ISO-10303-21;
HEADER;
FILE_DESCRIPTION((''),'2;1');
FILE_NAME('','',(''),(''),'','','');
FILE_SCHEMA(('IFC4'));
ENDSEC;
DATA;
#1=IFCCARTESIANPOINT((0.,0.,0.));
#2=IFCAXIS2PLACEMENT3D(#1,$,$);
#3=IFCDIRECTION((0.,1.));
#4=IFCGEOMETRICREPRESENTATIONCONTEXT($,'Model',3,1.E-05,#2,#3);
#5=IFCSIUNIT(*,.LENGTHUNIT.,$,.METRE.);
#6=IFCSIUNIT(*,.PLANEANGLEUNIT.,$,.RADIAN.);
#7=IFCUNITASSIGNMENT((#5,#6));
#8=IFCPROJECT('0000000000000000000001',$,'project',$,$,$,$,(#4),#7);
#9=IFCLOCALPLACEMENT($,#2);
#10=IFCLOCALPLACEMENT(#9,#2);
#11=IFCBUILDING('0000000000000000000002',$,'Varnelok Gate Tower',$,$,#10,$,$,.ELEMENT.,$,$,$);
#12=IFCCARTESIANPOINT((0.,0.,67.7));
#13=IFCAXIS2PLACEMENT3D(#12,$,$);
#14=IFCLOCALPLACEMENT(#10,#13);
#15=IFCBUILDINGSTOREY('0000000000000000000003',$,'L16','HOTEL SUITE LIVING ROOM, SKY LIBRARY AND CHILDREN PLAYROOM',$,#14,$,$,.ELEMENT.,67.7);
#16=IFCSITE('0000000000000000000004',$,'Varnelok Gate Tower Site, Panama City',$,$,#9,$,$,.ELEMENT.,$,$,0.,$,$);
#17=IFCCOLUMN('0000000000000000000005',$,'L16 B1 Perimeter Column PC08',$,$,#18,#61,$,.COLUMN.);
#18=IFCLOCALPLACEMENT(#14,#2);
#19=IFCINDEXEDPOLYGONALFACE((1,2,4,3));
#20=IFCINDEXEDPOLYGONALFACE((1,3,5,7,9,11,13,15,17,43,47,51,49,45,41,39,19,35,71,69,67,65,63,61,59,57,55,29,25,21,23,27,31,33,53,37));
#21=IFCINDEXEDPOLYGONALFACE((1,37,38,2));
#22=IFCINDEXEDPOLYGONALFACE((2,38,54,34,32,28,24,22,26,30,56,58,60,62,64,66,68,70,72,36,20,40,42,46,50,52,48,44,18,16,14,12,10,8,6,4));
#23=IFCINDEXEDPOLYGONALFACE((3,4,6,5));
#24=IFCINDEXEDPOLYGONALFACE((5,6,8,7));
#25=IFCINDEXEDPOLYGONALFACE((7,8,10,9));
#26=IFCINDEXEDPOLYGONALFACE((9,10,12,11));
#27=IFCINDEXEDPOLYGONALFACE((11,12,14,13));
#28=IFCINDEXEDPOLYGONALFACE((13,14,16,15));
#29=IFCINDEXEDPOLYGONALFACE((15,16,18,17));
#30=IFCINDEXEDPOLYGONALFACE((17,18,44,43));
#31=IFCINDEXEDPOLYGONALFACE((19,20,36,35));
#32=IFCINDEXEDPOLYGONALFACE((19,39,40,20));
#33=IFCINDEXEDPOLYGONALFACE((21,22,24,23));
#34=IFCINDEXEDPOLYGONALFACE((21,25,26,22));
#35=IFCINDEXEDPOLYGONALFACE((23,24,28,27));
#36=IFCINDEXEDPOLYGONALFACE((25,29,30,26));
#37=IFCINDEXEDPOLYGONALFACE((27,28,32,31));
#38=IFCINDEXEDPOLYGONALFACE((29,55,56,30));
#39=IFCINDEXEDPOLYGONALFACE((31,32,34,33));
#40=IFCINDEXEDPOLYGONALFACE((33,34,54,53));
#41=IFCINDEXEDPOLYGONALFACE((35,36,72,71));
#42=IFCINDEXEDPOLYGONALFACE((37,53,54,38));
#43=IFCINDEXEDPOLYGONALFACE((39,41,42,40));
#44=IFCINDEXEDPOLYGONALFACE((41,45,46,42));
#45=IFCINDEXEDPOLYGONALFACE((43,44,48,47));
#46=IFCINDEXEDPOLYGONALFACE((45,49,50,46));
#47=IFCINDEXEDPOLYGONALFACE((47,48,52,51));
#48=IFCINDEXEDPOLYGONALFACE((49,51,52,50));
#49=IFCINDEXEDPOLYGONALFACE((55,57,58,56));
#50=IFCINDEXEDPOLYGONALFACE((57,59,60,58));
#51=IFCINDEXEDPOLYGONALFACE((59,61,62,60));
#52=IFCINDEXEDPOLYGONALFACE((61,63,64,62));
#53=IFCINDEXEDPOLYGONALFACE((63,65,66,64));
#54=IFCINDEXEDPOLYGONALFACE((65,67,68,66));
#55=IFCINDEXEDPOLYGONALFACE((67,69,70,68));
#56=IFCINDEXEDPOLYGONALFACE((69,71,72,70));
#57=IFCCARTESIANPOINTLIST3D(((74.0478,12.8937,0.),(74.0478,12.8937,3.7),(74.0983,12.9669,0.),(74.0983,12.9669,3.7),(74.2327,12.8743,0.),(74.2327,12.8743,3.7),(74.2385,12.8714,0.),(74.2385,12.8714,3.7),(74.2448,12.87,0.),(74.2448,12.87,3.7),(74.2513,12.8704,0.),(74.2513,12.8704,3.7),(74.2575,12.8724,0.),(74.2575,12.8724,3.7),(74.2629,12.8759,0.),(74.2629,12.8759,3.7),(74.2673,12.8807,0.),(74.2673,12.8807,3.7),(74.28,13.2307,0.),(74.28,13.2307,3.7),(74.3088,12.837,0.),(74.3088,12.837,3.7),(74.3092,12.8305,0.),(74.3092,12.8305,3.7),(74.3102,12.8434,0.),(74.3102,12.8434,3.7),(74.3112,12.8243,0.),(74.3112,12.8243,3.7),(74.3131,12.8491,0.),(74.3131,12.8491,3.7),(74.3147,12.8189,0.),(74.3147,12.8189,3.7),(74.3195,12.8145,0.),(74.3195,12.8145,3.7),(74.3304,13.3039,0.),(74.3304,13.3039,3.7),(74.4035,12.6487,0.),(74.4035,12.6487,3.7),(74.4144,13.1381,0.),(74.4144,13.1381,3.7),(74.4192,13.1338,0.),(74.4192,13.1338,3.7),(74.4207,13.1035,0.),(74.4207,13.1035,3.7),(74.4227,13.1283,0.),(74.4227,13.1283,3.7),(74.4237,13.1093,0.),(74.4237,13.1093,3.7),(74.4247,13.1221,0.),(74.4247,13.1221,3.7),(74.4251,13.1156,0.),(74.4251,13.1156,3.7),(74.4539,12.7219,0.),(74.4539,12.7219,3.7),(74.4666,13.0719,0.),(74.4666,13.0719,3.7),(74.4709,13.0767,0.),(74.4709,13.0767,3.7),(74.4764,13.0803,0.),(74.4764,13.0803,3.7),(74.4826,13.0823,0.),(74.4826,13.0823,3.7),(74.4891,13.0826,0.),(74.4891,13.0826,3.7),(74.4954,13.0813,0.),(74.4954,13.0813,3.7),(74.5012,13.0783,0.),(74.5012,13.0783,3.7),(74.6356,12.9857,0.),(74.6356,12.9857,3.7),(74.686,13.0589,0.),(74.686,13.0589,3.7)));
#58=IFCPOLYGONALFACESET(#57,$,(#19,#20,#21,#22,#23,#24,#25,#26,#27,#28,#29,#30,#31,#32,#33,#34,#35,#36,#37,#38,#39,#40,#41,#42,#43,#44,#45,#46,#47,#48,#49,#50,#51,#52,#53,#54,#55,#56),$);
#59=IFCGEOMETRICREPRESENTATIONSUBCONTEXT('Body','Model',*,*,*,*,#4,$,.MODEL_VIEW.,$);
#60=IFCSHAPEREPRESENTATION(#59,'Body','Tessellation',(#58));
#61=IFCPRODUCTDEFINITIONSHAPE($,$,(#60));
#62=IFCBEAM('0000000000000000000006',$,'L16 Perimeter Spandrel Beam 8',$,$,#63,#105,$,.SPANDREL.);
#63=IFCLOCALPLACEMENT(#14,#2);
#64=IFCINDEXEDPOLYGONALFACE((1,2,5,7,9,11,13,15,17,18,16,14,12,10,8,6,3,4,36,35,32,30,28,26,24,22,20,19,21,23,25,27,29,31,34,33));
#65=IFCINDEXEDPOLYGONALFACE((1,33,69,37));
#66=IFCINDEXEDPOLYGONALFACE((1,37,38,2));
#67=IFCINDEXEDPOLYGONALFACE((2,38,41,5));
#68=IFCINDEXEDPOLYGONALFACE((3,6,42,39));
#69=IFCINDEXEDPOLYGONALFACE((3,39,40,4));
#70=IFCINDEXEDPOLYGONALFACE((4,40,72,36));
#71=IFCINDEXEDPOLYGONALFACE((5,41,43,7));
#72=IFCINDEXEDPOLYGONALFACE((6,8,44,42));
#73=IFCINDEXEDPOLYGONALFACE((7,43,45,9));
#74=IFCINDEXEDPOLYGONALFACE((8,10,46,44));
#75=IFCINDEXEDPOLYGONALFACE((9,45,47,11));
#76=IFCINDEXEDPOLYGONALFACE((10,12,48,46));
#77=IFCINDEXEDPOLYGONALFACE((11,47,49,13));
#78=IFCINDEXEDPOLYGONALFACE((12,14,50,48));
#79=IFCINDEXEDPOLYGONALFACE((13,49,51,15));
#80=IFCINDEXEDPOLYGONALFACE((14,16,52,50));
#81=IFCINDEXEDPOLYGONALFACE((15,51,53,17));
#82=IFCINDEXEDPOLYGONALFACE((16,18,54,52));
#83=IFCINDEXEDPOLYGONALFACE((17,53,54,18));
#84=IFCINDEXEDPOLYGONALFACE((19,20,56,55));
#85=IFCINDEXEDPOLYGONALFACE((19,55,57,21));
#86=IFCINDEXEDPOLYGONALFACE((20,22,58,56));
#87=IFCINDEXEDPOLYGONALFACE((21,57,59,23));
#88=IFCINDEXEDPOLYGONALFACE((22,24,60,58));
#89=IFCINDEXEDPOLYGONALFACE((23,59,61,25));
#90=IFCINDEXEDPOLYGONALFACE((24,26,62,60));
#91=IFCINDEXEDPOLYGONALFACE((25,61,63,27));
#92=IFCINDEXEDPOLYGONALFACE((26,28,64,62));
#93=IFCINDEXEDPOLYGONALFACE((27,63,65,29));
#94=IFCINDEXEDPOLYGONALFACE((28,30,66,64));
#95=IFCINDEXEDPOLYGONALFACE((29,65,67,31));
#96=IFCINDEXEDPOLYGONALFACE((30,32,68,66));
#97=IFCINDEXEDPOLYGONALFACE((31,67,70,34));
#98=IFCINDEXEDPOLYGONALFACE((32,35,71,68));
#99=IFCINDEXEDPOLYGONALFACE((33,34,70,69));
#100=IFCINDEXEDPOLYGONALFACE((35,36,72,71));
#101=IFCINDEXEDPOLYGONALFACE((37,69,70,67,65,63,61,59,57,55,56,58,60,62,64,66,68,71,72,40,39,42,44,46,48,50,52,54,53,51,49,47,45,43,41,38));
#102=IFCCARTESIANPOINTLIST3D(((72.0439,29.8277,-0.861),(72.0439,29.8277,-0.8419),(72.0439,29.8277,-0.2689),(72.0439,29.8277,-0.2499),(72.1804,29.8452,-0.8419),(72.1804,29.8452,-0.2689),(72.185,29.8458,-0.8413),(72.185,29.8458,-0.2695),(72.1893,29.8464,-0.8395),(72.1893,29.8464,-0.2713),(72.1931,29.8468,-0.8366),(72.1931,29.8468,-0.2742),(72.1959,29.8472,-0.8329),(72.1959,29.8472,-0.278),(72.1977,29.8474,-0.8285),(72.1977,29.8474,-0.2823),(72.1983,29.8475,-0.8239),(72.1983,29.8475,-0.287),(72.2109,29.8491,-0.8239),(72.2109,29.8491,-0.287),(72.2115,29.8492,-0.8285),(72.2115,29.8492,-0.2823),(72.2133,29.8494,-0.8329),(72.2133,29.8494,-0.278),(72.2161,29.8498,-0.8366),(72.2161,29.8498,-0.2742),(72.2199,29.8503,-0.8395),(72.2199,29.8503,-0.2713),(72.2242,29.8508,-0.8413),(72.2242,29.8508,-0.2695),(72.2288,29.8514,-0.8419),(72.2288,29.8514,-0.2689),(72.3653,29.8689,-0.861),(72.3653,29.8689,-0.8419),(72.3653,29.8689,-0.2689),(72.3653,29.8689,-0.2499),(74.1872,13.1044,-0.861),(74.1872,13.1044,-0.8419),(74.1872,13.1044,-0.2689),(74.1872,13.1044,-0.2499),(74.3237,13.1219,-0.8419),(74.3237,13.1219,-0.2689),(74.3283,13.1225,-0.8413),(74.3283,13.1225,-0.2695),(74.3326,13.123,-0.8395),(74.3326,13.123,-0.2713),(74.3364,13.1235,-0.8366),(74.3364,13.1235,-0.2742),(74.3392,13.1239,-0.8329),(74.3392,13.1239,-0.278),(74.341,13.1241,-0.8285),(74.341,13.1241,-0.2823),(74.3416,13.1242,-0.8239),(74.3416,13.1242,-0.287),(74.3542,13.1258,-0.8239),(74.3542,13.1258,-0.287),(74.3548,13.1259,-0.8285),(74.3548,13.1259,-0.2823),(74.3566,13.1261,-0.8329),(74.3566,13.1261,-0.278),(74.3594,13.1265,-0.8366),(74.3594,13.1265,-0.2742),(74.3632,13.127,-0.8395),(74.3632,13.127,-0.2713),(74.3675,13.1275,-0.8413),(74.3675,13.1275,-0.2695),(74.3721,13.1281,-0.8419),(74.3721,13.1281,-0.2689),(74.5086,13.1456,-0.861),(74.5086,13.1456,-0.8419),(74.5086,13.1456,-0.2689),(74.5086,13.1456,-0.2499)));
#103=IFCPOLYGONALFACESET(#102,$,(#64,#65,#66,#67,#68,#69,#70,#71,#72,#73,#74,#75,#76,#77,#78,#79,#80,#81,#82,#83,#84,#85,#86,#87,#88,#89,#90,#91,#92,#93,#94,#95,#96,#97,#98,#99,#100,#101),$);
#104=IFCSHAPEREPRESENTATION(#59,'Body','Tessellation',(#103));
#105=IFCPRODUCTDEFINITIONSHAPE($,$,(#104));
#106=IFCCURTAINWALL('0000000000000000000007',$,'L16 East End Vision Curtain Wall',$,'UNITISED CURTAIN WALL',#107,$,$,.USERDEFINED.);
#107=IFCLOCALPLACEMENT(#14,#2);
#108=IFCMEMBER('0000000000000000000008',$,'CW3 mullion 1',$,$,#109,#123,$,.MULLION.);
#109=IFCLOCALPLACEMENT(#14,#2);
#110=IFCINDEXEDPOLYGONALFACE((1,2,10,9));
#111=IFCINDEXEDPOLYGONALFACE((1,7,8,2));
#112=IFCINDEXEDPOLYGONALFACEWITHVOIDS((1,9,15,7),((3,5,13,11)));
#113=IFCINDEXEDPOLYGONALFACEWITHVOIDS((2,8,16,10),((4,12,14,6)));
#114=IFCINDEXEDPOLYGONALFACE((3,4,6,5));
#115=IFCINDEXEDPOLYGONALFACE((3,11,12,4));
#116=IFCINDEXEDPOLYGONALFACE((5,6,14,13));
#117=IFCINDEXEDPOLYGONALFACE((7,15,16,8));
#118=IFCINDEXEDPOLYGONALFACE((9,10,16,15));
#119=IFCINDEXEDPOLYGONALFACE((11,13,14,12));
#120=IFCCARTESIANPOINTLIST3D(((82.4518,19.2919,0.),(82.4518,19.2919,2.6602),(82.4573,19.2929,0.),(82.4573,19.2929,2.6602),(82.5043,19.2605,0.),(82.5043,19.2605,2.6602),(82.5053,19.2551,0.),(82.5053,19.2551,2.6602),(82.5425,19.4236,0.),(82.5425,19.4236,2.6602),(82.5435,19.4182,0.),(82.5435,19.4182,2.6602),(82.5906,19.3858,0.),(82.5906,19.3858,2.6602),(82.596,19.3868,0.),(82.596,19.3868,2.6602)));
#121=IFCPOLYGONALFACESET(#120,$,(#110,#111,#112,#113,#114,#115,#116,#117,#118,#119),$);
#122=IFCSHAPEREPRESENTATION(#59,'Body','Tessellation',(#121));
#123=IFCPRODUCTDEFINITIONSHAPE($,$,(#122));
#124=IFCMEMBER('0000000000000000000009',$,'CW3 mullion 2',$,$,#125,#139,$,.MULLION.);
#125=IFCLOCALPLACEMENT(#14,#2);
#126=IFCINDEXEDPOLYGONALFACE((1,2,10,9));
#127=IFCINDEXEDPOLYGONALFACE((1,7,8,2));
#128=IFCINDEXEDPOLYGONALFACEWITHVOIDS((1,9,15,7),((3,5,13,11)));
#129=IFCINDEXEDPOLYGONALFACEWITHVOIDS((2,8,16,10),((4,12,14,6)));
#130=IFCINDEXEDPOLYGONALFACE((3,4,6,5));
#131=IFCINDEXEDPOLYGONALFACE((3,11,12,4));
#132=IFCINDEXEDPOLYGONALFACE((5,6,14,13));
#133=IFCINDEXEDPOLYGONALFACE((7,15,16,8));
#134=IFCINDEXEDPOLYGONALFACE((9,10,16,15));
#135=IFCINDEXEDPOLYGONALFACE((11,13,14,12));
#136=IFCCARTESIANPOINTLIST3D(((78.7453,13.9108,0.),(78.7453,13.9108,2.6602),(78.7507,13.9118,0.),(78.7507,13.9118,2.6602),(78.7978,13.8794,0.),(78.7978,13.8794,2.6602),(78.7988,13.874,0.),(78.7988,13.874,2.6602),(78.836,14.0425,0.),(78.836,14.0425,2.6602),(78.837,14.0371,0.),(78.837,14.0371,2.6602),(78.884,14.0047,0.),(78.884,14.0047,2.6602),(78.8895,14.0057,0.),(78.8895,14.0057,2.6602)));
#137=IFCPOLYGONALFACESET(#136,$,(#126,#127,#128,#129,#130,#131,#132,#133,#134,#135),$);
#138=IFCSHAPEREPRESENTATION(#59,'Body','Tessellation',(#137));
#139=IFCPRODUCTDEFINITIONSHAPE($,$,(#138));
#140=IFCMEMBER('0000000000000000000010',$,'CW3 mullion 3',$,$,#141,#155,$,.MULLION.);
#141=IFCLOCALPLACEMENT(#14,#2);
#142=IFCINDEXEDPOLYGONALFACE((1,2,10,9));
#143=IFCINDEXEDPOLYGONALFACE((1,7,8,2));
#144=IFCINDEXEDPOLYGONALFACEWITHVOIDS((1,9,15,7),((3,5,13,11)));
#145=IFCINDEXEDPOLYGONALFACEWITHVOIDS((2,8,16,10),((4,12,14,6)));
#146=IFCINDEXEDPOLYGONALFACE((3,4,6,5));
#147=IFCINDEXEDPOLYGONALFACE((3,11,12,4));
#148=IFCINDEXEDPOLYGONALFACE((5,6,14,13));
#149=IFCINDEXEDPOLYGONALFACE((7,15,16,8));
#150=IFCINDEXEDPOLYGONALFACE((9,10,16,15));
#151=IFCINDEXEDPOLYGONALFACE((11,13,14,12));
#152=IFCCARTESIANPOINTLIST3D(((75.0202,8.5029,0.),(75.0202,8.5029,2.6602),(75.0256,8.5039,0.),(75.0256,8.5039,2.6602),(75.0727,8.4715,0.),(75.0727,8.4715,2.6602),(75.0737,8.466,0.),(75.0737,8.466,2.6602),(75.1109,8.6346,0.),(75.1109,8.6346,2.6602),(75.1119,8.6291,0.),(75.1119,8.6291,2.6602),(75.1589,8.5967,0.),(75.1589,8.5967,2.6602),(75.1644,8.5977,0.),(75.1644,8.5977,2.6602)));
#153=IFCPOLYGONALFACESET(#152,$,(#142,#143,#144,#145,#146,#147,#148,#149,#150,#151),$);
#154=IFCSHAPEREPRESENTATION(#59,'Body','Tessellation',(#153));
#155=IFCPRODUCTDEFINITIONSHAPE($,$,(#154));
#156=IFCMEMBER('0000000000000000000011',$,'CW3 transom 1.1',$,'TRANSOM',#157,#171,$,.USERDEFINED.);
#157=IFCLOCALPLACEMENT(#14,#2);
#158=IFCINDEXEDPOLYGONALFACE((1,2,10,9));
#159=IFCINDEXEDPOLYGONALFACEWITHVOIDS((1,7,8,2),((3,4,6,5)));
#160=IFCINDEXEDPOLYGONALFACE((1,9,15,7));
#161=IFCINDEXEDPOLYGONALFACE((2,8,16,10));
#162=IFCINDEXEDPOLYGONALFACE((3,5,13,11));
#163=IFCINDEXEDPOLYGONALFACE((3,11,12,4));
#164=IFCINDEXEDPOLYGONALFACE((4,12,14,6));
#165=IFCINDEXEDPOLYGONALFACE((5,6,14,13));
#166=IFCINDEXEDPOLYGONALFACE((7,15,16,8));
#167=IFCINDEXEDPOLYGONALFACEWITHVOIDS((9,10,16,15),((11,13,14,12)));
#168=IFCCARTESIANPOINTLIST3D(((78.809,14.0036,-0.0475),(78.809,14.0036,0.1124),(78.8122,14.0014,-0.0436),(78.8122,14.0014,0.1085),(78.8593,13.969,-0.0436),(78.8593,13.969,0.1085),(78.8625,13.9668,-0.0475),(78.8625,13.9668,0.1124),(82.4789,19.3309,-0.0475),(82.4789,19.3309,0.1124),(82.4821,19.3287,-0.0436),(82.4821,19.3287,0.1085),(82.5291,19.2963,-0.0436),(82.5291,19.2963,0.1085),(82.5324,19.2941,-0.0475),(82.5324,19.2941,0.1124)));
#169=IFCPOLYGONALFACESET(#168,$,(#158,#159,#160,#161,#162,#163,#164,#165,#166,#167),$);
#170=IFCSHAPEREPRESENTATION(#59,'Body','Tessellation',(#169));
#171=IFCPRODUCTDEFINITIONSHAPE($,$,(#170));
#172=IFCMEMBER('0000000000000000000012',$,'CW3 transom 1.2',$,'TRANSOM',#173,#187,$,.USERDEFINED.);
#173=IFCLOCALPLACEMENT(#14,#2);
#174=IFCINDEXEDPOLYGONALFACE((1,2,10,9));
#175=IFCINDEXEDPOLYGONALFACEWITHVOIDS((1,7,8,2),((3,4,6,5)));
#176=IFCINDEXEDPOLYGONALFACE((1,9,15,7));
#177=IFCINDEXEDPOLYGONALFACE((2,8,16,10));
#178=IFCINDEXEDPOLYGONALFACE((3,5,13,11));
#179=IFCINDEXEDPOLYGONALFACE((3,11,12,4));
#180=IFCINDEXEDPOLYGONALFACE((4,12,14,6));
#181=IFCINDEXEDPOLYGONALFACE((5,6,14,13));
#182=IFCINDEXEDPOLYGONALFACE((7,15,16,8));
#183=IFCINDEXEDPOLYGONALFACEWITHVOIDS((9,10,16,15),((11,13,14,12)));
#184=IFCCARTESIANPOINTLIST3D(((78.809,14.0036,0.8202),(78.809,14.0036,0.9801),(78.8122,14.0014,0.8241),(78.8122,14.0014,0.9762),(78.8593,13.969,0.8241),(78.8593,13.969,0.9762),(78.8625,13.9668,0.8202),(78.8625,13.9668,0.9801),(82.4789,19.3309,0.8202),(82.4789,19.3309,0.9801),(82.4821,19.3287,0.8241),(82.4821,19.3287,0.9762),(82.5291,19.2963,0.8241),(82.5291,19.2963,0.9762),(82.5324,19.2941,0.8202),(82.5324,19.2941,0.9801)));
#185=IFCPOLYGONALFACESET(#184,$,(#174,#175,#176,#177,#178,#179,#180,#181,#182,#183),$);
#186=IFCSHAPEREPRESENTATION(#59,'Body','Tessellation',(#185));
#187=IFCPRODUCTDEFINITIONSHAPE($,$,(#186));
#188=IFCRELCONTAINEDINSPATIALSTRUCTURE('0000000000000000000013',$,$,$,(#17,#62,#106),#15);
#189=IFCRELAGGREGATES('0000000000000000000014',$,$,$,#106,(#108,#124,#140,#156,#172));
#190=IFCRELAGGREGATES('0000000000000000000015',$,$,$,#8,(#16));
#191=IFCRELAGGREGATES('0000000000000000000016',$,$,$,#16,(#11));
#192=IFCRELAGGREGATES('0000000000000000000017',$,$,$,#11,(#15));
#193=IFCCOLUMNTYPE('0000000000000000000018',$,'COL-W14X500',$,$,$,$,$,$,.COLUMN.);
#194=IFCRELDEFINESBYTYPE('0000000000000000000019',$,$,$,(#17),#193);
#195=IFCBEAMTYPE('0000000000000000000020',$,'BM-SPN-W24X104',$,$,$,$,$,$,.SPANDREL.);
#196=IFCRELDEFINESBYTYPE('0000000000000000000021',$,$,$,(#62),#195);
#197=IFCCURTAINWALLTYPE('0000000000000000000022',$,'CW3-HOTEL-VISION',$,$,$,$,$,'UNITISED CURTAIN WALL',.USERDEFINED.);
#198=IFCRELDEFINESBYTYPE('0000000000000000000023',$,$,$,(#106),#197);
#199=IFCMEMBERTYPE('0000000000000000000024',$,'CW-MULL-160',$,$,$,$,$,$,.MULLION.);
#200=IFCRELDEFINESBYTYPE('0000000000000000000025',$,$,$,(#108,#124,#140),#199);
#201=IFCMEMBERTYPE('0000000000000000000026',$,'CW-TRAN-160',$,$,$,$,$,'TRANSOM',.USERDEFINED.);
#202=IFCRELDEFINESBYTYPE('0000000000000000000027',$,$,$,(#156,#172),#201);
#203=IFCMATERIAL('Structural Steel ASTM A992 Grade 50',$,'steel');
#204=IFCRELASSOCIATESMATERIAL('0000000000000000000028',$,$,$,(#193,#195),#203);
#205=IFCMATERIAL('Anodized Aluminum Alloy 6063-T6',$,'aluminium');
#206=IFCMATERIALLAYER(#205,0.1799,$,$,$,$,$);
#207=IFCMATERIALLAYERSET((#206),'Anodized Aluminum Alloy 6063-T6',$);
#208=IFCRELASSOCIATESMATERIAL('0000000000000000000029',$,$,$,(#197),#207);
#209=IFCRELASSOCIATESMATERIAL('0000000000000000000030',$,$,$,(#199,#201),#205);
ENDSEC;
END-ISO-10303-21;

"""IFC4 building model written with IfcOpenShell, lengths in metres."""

from ifc_helpers import new_model, si_unit, direction, frame, origin, origin_2d, place, context, subcontext, project, spatial, hollow_rectangle, i_section, extrude, material, layer, layer_set, material_profile, profile_set, type_object, element, aggregate, save


model = new_model("IFC4")

# Units and contexts
model_context = context("Model", 3, precision=1e-05, world=origin(), true_north=direction((0.0, 1.0)))
body_context = subcontext(model_context, "Body", "Model", "MODEL_VIEW")
ifc_project = project(units=[si_unit("LENGTHUNIT", "METRE"), si_unit("PLANEANGLEUNIT", "RADIAN")], contexts=[model_context])

# Site, building, storey
site_placement = place(None, origin())
site = spatial("IfcSite", under=ifc_project, at=site_placement, Name="Varnelok Gate Tower Site, Panama City", CompositionType="ELEMENT", RefElevation=0.0)
building_placement = place(site_placement, origin())
building = spatial("IfcBuilding", under=site, at=building_placement, Name="Varnelok Gate Tower", CompositionType="ELEMENT")
storey_placement = place(building_placement, frame((0.0, 0.0, 67.7)))
storey = spatial("IfcBuildingStorey", under=building, at=storey_placement, Name="L16", Description="HOTEL SUITE LIVING ROOM, SKY LIBRARY AND CHILDREN PLAYROOM", CompositionType="ELEMENT", Elevation=67.7)

# Column
ifc_material_1 = material(Name="Structural Steel ASTM A992 Grade 50", Category="steel")
ifc_material_profile_1 = material_profile(ifc_material_1, i_section(OverallWidth=0.4319, OverallDepth=0.498, WebThickness=0.0557, FlangeThickness=0.0889, FilletRadius=0.0249, at=origin_2d()), Name="W14X500")
ifc_profile_set_1 = profile_set([ifc_material_profile_1], Name="Structural Steel ASTM A992 Grade 50")
column_type = type_object("IfcColumnType", Name="COL-W14X500", PredefinedType="COLUMN", material=ifc_profile_set_1)
column_placement = place(storey_placement, frame((74.3669, 12.9763, 0.0), z_axis=(0.0, 0.0, 1.0), x_axis=(0.823533, -0.567269, 0.0)))
element("IfcColumn", 1, at=column_placement, inside=storey, type_object=column_type, Name="L16 B1 Perimeter Column PC08", PredefinedType="COLUMN", context=body_context, shape_type="SweptSolid", body=[
    extrude(i_section(OverallWidth=0.4319, OverallDepth=0.498, WebThickness=0.0557, FlangeThickness=0.0889, FilletRadius=0.0249, at=origin_2d()), origin(), (0.0, 0.0, 1.0), 3.7),
])

# Beam
ifc_material_profile_2 = material_profile(ifc_material_1, i_section(OverallWidth=0.324, OverallDepth=0.6111, WebThickness=0.0127, FlangeThickness=0.019, FilletRadius=0.0181, at=origin_2d()), Name="W24X104")
ifc_profile_set_2 = profile_set([ifc_material_profile_2], Name="Structural Steel ASTM A992 Grade 50")
beam_type = type_object("IfcBeamType", Name="BM-SPN-W24X104", PredefinedType="SPANDREL", material=ifc_profile_set_2)
beam_placement = place(storey_placement, frame((74.3479, 13.125, -0.5554), z_axis=(-0.127123, 0.991887, 0.0), x_axis=(-0.991887, -0.127123, 0.0)))
element("IfcBeam", 2, at=beam_placement, inside=storey, type_object=beam_type, Name="L16 Perimeter Spandrel Beam 8", PredefinedType="SPANDREL", context=body_context, shape_type="SweptSolid", body=[
    extrude(i_section(OverallWidth=0.324, OverallDepth=0.6111, WebThickness=0.0127, FlangeThickness=0.019, FilletRadius=0.0181, at=origin_2d()), origin(), (0.0, 0.0, 1.0), 16.8601),
])

# Curtain wall, members
ifc_material_2 = material(Name="Anodized Aluminum Alloy 6063-T6", Category="aluminium")
ifc_layer_1 = layer(ifc_material_2, 0.1799)
ifc_layer_set_1 = layer_set([ifc_layer_1], Name="Anodized Aluminum Alloy 6063-T6")
curtain_wall_type = type_object("IfcCurtainWallType", Name="CW3-HOTEL-VISION", ElementType="UNITISED CURTAIN WALL", PredefinedType="USERDEFINED", material=ifc_layer_set_1)
curtain_wall_placement = place(storey_placement, origin())
curtain_wall = element("IfcCurtainWall", 3, at=curtain_wall_placement, inside=storey, type_object=curtain_wall_type, Name="L16 East End Vision Curtain Wall", ObjectType="UNITISED CURTAIN WALL", PredefinedType="USERDEFINED")
ifc_material_profile_3 = material_profile(ifc_material_2, hollow_rectangle(XDim=0.0649, YDim=0.1599, WallThickness=0.0039, at=origin_2d()), Name="ALU160X65X4")
ifc_profile_set_3 = profile_set([ifc_material_profile_3], Name="Anodized Aluminum Alloy 6063-T6")
member_type_1 = type_object("IfcMemberType", Name="CW-MULL-160", PredefinedType="MULLION", material=ifc_profile_set_3)
member_1_placement = place(storey_placement, frame((82.5239, 19.3394, 0.0), z_axis=(0.0, 0.0, 1.0), x_axis=(0.823533, -0.567269, 0.0)))
member_1 = element("IfcMember", 4, at=member_1_placement, type_object=member_type_1, Name="CW3 mullion 1", PredefinedType="MULLION", context=body_context, shape_type="SweptSolid", body=[
    extrude(hollow_rectangle(XDim=0.0649, YDim=0.1599, WallThickness=0.0039, at=origin_2d()), origin(), (0.0, 0.0, 1.0), 2.6602),
])
member_2_placement = place(storey_placement, frame((78.8174, 13.9583, 0.0), z_axis=(0.0, 0.0, 1.0), x_axis=(0.823533, -0.567269, 0.0)))
member_2 = element("IfcMember", 5, at=member_2_placement, type_object=member_type_1, Name="CW3 mullion 2", PredefinedType="MULLION", context=body_context, shape_type="SweptSolid", body=[
    extrude(hollow_rectangle(XDim=0.0649, YDim=0.1599, WallThickness=0.0039, at=origin_2d()), origin(), (0.0, 0.0, 1.0), 2.6602),
])
member_3_placement = place(storey_placement, frame((75.0923, 8.5503, 0.0), z_axis=(0.0, 0.0, 1.0), x_axis=(0.823533, -0.567269, 0.0)))
member_3 = element("IfcMember", 6, at=member_3_placement, type_object=member_type_1, Name="CW3 mullion 3", PredefinedType="MULLION", context=body_context, shape_type="SweptSolid", body=[
    extrude(hollow_rectangle(XDim=0.0649, YDim=0.1599, WallThickness=0.0039, at=origin_2d()), origin(), (0.0, 0.0, 1.0), 2.6602),
])
ifc_material_profile_4 = material_profile(ifc_material_2, hollow_rectangle(XDim=0.0649, YDim=0.1599, WallThickness=0.0039, at=origin_2d()), Name="ALU160X65X4")
ifc_profile_set_4 = profile_set([ifc_material_profile_4], Name="Anodized Aluminum Alloy 6063-T6")
member_type_2 = type_object("IfcMemberType", Name="CW-TRAN-160", ElementType="TRANSOM", PredefinedType="USERDEFINED", material=ifc_profile_set_4)
member_4_placement = place(storey_placement, frame((82.5056, 19.3125, 0.0325), z_axis=(-0.567299, -0.823512, 0.0), x_axis=(0.823512, -0.567299, 0.0)))
member_4 = element("IfcMember", 7, at=member_4_placement, type_object=member_type_2, Name="CW3 transom 1.1", ObjectType="TRANSOM", PredefinedType="USERDEFINED", context=body_context, shape_type="SweptSolid", body=[
    extrude(hollow_rectangle(XDim=0.0649, YDim=0.1599, WallThickness=0.0039, at=origin_2d()), origin(), (0.0, 0.0, 1.0), 6.469),
])
member_5_placement = place(storey_placement, frame((82.5056, 19.3125, 0.9001), z_axis=(-0.567299, -0.823512, 0.0), x_axis=(0.823512, -0.567299, 0.0)))
member_5 = element("IfcMember", 8, at=member_5_placement, type_object=member_type_2, Name="CW3 transom 1.2", ObjectType="TRANSOM", PredefinedType="USERDEFINED", context=body_context, shape_type="SweptSolid", body=[
    extrude(hollow_rectangle(XDim=0.0649, YDim=0.1599, WallThickness=0.0039, at=origin_2d()), origin(), (0.0, 0.0, 1.0), 6.469),
])
aggregate(curtain_wall, [member_1, member_2, member_3, member_4, member_5])

save(model, "model.ifc")
